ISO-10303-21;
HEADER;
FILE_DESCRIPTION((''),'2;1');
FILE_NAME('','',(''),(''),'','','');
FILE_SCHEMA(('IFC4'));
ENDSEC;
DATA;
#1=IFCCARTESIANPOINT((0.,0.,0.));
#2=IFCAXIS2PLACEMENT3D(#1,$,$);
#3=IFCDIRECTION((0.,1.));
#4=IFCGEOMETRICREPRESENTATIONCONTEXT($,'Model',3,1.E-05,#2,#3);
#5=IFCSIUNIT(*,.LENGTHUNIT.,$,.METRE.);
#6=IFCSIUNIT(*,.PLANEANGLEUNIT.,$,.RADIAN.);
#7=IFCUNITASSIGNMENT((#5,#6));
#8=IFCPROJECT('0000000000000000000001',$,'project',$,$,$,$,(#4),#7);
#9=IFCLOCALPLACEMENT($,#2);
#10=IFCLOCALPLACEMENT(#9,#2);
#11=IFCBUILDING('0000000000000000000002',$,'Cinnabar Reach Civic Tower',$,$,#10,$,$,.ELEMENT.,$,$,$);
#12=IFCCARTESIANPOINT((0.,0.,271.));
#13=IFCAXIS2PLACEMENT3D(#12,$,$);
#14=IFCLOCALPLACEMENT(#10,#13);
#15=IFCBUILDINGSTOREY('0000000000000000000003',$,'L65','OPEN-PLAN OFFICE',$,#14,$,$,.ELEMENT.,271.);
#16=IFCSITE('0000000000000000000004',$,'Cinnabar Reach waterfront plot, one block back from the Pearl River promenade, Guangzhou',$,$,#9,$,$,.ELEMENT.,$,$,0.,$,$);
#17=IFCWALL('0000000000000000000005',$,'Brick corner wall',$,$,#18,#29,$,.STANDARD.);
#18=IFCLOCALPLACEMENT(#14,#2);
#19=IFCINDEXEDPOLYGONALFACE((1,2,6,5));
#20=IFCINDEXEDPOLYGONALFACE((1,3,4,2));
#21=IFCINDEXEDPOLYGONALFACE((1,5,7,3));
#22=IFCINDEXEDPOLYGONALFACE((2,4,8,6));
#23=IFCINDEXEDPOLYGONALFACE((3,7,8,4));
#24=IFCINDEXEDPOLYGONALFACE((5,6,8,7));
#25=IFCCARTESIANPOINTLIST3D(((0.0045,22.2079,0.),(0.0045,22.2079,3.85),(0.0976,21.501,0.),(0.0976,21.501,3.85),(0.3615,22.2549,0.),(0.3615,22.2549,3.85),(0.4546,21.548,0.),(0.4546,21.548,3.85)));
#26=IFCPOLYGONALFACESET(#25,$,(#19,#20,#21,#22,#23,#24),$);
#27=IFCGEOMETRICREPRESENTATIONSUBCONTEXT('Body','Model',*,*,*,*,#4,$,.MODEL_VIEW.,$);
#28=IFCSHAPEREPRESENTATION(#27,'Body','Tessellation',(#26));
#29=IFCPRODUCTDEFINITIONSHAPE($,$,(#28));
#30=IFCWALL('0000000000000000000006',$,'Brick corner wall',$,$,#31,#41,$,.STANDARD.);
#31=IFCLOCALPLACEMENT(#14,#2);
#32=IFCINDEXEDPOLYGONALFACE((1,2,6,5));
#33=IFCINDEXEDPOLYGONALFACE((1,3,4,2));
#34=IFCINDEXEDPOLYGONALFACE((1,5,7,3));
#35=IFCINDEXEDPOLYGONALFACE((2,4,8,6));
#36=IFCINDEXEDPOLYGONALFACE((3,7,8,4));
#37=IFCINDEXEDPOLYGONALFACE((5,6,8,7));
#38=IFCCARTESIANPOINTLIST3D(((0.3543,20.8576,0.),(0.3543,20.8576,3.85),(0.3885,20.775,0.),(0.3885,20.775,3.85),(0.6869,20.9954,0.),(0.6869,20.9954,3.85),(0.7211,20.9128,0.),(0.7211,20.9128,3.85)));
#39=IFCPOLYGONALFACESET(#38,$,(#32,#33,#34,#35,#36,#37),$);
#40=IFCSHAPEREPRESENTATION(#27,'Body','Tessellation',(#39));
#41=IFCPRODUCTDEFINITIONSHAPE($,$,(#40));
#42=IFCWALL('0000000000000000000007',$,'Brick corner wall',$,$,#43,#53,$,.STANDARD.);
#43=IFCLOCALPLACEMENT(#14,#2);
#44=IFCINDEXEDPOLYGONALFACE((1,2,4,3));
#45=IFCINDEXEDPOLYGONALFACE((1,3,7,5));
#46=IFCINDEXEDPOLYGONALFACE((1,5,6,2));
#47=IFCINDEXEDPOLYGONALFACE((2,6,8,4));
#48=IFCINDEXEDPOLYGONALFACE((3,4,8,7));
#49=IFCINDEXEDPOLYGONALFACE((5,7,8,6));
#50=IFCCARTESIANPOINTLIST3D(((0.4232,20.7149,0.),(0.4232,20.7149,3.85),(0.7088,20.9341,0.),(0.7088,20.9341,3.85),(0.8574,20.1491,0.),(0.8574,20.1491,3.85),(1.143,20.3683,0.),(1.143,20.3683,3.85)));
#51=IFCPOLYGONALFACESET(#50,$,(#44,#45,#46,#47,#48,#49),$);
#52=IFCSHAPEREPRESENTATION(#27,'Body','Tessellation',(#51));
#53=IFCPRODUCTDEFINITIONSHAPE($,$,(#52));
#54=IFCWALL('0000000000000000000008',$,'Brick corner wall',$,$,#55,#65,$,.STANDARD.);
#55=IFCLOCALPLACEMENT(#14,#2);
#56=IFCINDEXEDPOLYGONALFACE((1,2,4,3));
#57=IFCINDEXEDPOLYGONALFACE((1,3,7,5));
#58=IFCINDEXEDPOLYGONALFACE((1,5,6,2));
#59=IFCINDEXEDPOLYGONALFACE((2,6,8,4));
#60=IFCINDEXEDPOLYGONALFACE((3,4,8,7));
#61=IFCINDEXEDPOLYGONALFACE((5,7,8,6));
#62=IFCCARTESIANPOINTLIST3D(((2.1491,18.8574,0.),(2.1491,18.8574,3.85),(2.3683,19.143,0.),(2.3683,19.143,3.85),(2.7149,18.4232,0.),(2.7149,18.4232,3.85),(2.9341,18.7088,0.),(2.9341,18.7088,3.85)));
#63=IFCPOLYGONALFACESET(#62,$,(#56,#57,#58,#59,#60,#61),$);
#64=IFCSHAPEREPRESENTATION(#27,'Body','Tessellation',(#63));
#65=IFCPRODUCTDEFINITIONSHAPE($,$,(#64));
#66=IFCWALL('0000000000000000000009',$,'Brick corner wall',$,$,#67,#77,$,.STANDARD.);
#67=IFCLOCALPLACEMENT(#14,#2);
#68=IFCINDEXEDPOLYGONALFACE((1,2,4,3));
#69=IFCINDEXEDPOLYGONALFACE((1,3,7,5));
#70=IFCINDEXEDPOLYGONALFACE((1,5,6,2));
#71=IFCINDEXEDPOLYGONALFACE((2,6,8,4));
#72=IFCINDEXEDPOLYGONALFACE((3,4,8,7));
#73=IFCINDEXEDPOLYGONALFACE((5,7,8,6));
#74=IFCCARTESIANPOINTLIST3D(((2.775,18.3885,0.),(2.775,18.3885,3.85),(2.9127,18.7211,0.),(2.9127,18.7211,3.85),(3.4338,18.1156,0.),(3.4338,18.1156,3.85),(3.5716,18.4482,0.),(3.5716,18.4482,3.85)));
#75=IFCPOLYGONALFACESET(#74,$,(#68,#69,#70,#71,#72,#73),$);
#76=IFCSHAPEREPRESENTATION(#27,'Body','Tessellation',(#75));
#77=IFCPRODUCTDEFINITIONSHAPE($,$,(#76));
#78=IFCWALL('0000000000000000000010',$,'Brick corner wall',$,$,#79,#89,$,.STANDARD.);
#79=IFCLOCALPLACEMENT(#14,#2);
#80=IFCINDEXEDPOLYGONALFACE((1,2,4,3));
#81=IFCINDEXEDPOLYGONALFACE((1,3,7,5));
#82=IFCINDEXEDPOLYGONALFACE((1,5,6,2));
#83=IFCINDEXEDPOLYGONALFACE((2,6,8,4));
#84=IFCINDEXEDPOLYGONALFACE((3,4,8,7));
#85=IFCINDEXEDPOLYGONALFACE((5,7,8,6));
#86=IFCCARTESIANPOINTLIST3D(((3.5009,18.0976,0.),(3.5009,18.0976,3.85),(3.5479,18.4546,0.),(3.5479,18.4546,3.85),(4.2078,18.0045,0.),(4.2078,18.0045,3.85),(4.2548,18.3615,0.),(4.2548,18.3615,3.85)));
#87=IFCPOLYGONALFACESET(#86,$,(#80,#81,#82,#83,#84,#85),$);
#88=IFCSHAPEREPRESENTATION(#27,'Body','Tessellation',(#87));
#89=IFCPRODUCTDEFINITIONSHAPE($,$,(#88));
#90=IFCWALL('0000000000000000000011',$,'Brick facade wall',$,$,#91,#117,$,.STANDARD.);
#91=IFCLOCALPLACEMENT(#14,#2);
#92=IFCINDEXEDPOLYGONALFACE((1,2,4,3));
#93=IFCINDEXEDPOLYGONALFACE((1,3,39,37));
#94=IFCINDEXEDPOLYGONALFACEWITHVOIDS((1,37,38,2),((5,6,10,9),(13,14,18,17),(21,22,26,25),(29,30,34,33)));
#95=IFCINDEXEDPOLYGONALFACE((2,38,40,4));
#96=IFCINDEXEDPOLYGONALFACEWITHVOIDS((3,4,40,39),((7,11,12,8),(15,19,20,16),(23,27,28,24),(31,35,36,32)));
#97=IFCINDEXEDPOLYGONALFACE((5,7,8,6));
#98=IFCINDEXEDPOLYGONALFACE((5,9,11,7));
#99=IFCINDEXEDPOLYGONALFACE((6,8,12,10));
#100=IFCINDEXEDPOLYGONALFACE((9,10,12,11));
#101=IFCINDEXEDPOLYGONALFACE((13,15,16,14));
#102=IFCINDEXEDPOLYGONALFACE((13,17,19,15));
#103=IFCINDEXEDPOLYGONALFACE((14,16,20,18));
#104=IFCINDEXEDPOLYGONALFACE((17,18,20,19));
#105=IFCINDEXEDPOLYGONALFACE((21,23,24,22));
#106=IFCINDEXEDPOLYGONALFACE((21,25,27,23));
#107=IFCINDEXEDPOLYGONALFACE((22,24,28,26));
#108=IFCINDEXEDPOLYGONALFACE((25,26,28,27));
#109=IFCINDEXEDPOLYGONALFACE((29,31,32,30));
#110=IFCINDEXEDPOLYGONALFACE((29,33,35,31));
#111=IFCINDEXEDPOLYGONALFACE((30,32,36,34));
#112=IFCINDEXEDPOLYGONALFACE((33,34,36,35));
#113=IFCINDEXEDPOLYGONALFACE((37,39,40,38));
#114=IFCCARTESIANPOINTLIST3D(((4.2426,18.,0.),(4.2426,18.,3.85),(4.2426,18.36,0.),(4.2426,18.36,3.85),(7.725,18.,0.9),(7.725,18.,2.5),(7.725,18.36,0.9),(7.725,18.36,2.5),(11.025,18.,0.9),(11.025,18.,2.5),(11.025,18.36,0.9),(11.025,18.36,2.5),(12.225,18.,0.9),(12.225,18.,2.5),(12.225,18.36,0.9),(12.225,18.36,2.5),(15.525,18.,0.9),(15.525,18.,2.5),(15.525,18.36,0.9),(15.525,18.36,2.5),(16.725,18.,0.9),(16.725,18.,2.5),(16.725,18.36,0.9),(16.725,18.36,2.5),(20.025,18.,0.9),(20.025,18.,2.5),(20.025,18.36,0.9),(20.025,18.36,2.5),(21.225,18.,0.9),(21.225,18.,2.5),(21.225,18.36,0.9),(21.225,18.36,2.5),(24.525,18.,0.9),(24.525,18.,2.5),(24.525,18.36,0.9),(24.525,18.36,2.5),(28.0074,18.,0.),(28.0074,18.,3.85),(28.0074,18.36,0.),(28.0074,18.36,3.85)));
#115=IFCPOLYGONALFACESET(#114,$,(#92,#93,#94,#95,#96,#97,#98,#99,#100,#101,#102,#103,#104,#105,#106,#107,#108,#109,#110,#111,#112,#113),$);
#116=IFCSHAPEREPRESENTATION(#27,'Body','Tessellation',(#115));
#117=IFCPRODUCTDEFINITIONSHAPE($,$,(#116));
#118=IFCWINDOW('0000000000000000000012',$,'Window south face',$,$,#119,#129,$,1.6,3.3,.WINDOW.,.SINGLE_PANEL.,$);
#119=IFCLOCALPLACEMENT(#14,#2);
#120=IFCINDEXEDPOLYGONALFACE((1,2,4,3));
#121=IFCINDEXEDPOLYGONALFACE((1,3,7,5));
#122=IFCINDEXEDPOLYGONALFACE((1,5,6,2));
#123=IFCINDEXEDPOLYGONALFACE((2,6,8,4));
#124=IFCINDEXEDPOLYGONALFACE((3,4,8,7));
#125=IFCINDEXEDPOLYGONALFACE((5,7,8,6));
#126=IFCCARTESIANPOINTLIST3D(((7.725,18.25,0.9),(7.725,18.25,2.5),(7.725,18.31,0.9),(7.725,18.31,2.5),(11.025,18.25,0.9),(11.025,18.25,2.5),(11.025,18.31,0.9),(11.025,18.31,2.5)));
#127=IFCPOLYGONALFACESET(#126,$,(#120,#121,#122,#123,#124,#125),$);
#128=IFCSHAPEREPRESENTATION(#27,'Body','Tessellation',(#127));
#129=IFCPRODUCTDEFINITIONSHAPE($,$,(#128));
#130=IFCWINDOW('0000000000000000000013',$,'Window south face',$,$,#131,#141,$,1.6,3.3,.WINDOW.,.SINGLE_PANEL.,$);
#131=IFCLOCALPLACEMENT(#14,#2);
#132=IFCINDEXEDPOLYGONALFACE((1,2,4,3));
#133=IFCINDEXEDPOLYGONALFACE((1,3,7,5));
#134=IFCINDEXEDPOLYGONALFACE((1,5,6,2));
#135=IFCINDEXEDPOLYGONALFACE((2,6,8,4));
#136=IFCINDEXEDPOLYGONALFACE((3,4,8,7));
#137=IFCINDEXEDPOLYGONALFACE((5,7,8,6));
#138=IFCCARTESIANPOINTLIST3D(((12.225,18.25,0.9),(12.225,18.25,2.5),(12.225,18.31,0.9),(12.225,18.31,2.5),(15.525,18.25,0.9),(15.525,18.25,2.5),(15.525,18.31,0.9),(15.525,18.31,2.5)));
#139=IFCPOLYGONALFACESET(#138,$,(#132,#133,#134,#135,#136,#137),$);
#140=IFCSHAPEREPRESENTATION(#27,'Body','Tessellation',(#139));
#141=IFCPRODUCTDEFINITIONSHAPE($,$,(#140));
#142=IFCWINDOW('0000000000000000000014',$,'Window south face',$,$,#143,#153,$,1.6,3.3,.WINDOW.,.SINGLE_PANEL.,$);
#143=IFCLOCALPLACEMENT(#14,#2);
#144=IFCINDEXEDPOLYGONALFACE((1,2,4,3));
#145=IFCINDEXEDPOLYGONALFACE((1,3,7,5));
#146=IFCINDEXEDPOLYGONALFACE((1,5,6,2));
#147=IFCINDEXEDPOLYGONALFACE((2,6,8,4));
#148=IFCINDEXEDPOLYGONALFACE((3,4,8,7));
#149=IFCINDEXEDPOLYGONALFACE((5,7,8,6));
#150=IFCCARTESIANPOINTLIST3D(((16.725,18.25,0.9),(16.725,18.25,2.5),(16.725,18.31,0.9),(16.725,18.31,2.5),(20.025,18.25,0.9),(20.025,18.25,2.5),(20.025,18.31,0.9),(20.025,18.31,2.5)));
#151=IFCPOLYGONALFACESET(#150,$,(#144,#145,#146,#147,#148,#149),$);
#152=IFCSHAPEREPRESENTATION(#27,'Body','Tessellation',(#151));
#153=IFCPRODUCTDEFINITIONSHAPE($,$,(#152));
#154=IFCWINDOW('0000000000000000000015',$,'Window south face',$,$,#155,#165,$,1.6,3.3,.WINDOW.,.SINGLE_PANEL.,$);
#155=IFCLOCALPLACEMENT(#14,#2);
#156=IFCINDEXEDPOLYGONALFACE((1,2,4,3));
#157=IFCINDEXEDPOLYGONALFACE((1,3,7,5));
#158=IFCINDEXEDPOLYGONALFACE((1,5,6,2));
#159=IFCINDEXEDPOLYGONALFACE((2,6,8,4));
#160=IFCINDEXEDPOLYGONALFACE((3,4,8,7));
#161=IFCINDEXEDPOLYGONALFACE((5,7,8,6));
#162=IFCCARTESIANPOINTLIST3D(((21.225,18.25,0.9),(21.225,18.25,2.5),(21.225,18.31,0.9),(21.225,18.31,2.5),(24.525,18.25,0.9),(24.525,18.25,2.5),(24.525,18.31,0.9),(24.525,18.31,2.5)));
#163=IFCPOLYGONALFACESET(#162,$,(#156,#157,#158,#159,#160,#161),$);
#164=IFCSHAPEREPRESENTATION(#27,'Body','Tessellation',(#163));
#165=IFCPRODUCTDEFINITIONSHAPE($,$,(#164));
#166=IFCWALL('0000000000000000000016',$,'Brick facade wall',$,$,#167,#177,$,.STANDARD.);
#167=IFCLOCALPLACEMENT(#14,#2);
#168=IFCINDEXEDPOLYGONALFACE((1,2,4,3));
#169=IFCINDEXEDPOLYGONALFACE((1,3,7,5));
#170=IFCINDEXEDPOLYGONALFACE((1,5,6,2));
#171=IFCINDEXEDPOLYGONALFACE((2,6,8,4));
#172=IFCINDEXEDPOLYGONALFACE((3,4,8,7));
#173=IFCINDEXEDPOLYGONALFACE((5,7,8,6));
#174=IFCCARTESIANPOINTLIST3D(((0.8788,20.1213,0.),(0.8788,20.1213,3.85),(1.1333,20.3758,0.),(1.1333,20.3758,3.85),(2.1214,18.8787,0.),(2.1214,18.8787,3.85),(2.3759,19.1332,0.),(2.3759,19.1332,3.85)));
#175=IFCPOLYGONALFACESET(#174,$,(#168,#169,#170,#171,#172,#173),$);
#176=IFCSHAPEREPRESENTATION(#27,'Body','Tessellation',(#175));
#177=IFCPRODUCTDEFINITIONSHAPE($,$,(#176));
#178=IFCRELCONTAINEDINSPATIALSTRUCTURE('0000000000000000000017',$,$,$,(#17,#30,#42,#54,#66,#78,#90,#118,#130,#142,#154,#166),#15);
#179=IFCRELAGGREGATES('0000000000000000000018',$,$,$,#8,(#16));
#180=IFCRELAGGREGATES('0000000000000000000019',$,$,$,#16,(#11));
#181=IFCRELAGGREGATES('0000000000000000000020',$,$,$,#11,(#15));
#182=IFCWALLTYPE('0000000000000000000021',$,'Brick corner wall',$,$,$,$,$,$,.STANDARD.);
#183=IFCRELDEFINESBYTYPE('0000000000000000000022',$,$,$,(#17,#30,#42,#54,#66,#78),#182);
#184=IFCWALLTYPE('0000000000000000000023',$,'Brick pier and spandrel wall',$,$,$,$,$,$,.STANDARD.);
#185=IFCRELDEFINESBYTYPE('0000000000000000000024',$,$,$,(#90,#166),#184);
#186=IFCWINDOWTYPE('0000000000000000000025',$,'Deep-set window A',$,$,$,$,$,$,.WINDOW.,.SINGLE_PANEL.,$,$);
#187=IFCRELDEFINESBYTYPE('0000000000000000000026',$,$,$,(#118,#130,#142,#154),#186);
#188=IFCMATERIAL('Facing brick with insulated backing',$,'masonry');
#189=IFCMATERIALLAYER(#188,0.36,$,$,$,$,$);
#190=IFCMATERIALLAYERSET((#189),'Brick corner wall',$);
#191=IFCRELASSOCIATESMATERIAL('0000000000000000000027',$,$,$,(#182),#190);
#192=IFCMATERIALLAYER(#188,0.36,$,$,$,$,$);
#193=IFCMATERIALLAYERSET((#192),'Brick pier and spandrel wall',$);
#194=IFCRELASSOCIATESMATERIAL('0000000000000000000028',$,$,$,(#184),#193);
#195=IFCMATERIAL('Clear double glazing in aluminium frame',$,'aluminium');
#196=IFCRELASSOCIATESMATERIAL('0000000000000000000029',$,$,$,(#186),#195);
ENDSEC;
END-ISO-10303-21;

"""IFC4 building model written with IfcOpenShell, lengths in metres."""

from ifc_helpers import new_model, si_unit, direction, frame, frame_2d, origin, place, context, subcontext, project, spatial, rectangle, extrude, material, layer, layer_set, type_object, element, fill, save


model = new_model("IFC4")

# Units and contexts
model_context = context("Model", 3, precision=1e-05, world=origin(), true_north=direction((0.0, 1.0)))
body_context = subcontext(model_context, "Body", "Model", "MODEL_VIEW")
ifc_project = project(units=[si_unit("LENGTHUNIT", "METRE"), si_unit("PLANEANGLEUNIT", "RADIAN")], contexts=[model_context])

# Site, building, storey
site_placement = place(None, origin())
site = spatial("IfcSite", under=ifc_project, at=site_placement, Name="Cinnabar Reach waterfront plot, one block back from the Pearl River promenade, Guangzhou", CompositionType="ELEMENT", RefElevation=0.0)
building_placement = place(site_placement, origin())
building = spatial("IfcBuilding", under=site, at=building_placement, Name="Cinnabar Reach Civic Tower", CompositionType="ELEMENT")
storey_placement = place(building_placement, frame((0.0, 0.0, 271.0)))
storey = spatial("IfcBuildingStorey", under=building, at=storey_placement, Name="L65", Description="OPEN-PLAN OFFICE", CompositionType="ELEMENT", Elevation=271.0)

# Walls
ifc_material_1 = material(Name="Facing brick with insulated backing", Category="masonry")
ifc_layer_1 = layer(ifc_material_1, 0.36)
ifc_layer_set_1 = layer_set([ifc_layer_1], Name="Brick corner wall")
wall_type_1 = type_object("IfcWallType", Name="Brick corner wall", PredefinedType="STANDARD", material=ifc_layer_set_1)
wall_1_placement = place(storey_placement, frame((0.183, 22.2314, 0.0), z_axis=(0.0, 0.0, 1.0), x_axis=(0.130556, -0.991441, 0.0)))
element("IfcWall", 1, at=wall_1_placement, inside=storey, type_object=wall_type_1, Name="Brick corner wall", PredefinedType="STANDARD", context=body_context, shape_type="SweptSolid", body=[
    extrude(rectangle(XDim=0.7131, YDim=0.36, at=frame_2d((0.3565, 0.0))), origin(), (0.0, 0.0, 1.0), 3.85),
])
wall_2_placement = place(storey_placement, frame((0.5206, 20.9265, 0.0), z_axis=(0.0, 0.0, 1.0), x_axis=(0.382549, -0.923935, 0.0)))
element("IfcWall", 2, at=wall_2_placement, inside=storey, type_object=wall_type_1, Name="Brick corner wall", PredefinedType="STANDARD", context=body_context, shape_type="SweptSolid", body=[
    extrude(rectangle(XDim=0.0894, YDim=0.36, at=frame_2d((0.0447, 0.0))), origin(), (0.0, 0.0, 1.0), 3.85),
])
for number, where, z_axis, x_axis, name in (
    (3, (0.566, 20.8245, 0.0), (0.0, 0.0, 1.0), (0.608802, -0.793322, 0.0), "Brick corner wall"),
    (4, (2.2587, 19.0002, 0.0), (0.0, 0.0, 1.0), (0.793322, -0.608802, 0.0), "Brick corner wall"),
):
    element("IfcWall", number, at=place(storey_placement, frame(where, z_axis=z_axis, x_axis=x_axis)), inside=storey, type_object=wall_type_1, Name=name, PredefinedType="STANDARD", context=body_context, shape_type="SweptSolid", body=[
        extrude(rectangle(XDim=0.7132, YDim=0.36, at=frame_2d((0.3566, 0.0))), origin(), (0.0, 0.0, 1.0), 3.85),
    ])
for number, where, z_axis, x_axis, name in (
    (5, (2.8439, 18.5548, 0.0), (0.0, 0.0, 1.0), (0.923872, -0.382703, 0.0), "Brick corner wall"),
    (6, (3.5244, 18.2761, 0.0), (0.0, 0.0, 1.0), (0.991441, -0.130556, 0.0), "Brick corner wall"),
):
    element("IfcWall", number, at=place(storey_placement, frame(where, z_axis=z_axis, x_axis=x_axis)), inside=storey, type_object=wall_type_1, Name=name, PredefinedType="STANDARD", context=body_context, shape_type="SweptSolid", body=[
        extrude(rectangle(XDim=0.7131, YDim=0.36, at=frame_2d((0.3565, 0.0))), origin(), (0.0, 0.0, 1.0), 3.85),
    ])

# Wall, openings, windows
ifc_layer_2 = layer(ifc_material_1, 0.36)
ifc_layer_set_2 = layer_set([ifc_layer_2], Name="Brick pier and spandrel wall")
wall_type_2 = type_object("IfcWallType", Name="Brick pier and spandrel wall", PredefinedType="STANDARD", material=ifc_layer_set_2)
wall_3_placement = place(storey_placement, frame((4.2426, 18.18, 0.0), z_axis=(0.0, 0.0, 1.0), x_axis=(1.0, 0.0, 0.0)))
wall_3 = element("IfcWall", 7, at=wall_3_placement, inside=storey, type_object=wall_type_2, Name="Brick facade wall", PredefinedType="STANDARD", context=body_context, shape_type="SweptSolid", body=[
    extrude(rectangle(XDim=23.7648, YDim=0.36, at=frame_2d((11.8824, 0.0))), origin(), (0.0, 0.0, 1.0), 3.85),
])
opening_1_placement = place(wall_3_placement, frame((3.4824, 0.0, 0.9)))
opening_1 = element("IfcOpeningElement", 8, at=opening_1_placement, cuts=wall_3, PredefinedType="OPENING", context=body_context, shape_type="SweptSolid", body=[
    extrude(rectangle(XDim=3.3, YDim=1.6, at=frame_2d((1.65, 0.8))), frame((0.0, 0.19, 0.0), z_axis=(0.0, -1.0, 0.0), x_axis=(1.0, 0.0, 0.0)), (0.0, 0.0, 1.0), 0.38),
])
opening_2_placement = place(wall_3_placement, frame((7.9824, 0.0, 0.9)))
opening_2 = element("IfcOpeningElement", 9, at=opening_2_placement, cuts=wall_3, PredefinedType="OPENING", context=body_context, shape_type="SweptSolid", body=[
    extrude(rectangle(XDim=3.3, YDim=1.6, at=frame_2d((1.65, 0.8))), frame((0.0, 0.19, 0.0), z_axis=(0.0, -1.0, 0.0), x_axis=(1.0, 0.0, 0.0)), (0.0, 0.0, 1.0), 0.38),
])
opening_3_placement = place(wall_3_placement, frame((12.4824, 0.0, 0.9)))
opening_3 = element("IfcOpeningElement", 10, at=opening_3_placement, cuts=wall_3, PredefinedType="OPENING", context=body_context, shape_type="SweptSolid", body=[
    extrude(rectangle(XDim=3.3, YDim=1.6, at=frame_2d((1.65, 0.8))), frame((0.0, 0.19, 0.0), z_axis=(0.0, -1.0, 0.0), x_axis=(1.0, 0.0, 0.0)), (0.0, 0.0, 1.0), 0.38),
])
opening_4_placement = place(wall_3_placement, frame((16.9824, 0.0, 0.9)))
opening_4 = element("IfcOpeningElement", 11, at=opening_4_placement, cuts=wall_3, PredefinedType="OPENING", context=body_context, shape_type="SweptSolid", body=[
    extrude(rectangle(XDim=3.3, YDim=1.6, at=frame_2d((1.65, 0.8))), frame((0.0, 0.19, 0.0), z_axis=(0.0, -1.0, 0.0), x_axis=(1.0, 0.0, 0.0)), (0.0, 0.0, 1.0), 0.38),
])
ifc_material_2 = material(Name="Clear double glazing in aluminium frame", Category="aluminium")
window_type = type_object("IfcWindowType", Name="Deep-set window A", PartitioningType="SINGLE_PANEL", PredefinedType="WINDOW", material=ifc_material_2)
window_1_placement = place(opening_1_placement, origin())
window_1 = element("IfcWindow", 12, at=window_1_placement, inside=storey, type_object=window_type, Name="Window south face", OverallHeight=1.6, OverallWidth=3.3, PartitioningType="SINGLE_PANEL", PredefinedType="WINDOW", context=body_context, shape_type="SweptSolid", body=[
    extrude(rectangle(XDim=3.3, YDim=1.6, at=frame_2d((1.65, 0.8))), frame((0.0, 0.13, 0.0), z_axis=(0.0, -1.0, 0.0), x_axis=(1.0, 0.0, 0.0)), (0.0, 0.0, 1.0), 0.06),
])
fill(opening_1, window_1)
window_2_placement = place(opening_2_placement, origin())
window_2 = element("IfcWindow", 13, at=window_2_placement, inside=storey, type_object=window_type, Name="Window south face", OverallHeight=1.6, OverallWidth=3.3, PartitioningType="SINGLE_PANEL", PredefinedType="WINDOW", context=body_context, shape_type="SweptSolid", body=[
    extrude(rectangle(XDim=3.3, YDim=1.6, at=frame_2d((1.65, 0.8))), frame((0.0, 0.13, 0.0), z_axis=(0.0, -1.0, 0.0), x_axis=(1.0, 0.0, 0.0)), (0.0, 0.0, 1.0), 0.06),
])
fill(opening_2, window_2)
window_3_placement = place(opening_3_placement, origin())
window_3 = element("IfcWindow", 14, at=window_3_placement, inside=storey, type_object=window_type, Name="Window south face", OverallHeight=1.6, OverallWidth=3.3, PartitioningType="SINGLE_PANEL", PredefinedType="WINDOW", context=body_context, shape_type="SweptSolid", body=[
    extrude(rectangle(XDim=3.3, YDim=1.6, at=frame_2d((1.65, 0.8))), frame((0.0, 0.13, 0.0), z_axis=(0.0, -1.0, 0.0), x_axis=(1.0, 0.0, 0.0)), (0.0, 0.0, 1.0), 0.06),
])
fill(opening_3, window_3)
window_4_placement = place(opening_4_placement, origin())
window_4 = element("IfcWindow", 15, at=window_4_placement, inside=storey, type_object=window_type, Name="Window south face", OverallHeight=1.6, OverallWidth=3.3, PartitioningType="SINGLE_PANEL", PredefinedType="WINDOW", context=body_context, shape_type="SweptSolid", body=[
    extrude(rectangle(XDim=3.3, YDim=1.6, at=frame_2d((1.65, 0.8))), frame((0.0, 0.13, 0.0), z_axis=(0.0, -1.0, 0.0), x_axis=(1.0, 0.0, 0.0)), (0.0, 0.0, 1.0), 0.06),
])
fill(opening_4, window_4)

# Wall
wall_4_placement = place(storey_placement, frame((1.006, 20.2486, 0.0), z_axis=(0.0, 0.0, 1.0), x_axis=(0.707107, -0.707107, 0.0)))
element("IfcWall", 16, at=wall_4_placement, inside=storey, type_object=wall_type_2, Name="Brick facade wall", PredefinedType="STANDARD", context=body_context, shape_type="SweptSolid", body=[
    extrude(rectangle(XDim=1.7573, YDim=0.36, at=frame_2d((0.8787, 0.0))), origin(), (0.0, 0.0, 1.0), 3.85),
])

save(model, "model.ifc")
